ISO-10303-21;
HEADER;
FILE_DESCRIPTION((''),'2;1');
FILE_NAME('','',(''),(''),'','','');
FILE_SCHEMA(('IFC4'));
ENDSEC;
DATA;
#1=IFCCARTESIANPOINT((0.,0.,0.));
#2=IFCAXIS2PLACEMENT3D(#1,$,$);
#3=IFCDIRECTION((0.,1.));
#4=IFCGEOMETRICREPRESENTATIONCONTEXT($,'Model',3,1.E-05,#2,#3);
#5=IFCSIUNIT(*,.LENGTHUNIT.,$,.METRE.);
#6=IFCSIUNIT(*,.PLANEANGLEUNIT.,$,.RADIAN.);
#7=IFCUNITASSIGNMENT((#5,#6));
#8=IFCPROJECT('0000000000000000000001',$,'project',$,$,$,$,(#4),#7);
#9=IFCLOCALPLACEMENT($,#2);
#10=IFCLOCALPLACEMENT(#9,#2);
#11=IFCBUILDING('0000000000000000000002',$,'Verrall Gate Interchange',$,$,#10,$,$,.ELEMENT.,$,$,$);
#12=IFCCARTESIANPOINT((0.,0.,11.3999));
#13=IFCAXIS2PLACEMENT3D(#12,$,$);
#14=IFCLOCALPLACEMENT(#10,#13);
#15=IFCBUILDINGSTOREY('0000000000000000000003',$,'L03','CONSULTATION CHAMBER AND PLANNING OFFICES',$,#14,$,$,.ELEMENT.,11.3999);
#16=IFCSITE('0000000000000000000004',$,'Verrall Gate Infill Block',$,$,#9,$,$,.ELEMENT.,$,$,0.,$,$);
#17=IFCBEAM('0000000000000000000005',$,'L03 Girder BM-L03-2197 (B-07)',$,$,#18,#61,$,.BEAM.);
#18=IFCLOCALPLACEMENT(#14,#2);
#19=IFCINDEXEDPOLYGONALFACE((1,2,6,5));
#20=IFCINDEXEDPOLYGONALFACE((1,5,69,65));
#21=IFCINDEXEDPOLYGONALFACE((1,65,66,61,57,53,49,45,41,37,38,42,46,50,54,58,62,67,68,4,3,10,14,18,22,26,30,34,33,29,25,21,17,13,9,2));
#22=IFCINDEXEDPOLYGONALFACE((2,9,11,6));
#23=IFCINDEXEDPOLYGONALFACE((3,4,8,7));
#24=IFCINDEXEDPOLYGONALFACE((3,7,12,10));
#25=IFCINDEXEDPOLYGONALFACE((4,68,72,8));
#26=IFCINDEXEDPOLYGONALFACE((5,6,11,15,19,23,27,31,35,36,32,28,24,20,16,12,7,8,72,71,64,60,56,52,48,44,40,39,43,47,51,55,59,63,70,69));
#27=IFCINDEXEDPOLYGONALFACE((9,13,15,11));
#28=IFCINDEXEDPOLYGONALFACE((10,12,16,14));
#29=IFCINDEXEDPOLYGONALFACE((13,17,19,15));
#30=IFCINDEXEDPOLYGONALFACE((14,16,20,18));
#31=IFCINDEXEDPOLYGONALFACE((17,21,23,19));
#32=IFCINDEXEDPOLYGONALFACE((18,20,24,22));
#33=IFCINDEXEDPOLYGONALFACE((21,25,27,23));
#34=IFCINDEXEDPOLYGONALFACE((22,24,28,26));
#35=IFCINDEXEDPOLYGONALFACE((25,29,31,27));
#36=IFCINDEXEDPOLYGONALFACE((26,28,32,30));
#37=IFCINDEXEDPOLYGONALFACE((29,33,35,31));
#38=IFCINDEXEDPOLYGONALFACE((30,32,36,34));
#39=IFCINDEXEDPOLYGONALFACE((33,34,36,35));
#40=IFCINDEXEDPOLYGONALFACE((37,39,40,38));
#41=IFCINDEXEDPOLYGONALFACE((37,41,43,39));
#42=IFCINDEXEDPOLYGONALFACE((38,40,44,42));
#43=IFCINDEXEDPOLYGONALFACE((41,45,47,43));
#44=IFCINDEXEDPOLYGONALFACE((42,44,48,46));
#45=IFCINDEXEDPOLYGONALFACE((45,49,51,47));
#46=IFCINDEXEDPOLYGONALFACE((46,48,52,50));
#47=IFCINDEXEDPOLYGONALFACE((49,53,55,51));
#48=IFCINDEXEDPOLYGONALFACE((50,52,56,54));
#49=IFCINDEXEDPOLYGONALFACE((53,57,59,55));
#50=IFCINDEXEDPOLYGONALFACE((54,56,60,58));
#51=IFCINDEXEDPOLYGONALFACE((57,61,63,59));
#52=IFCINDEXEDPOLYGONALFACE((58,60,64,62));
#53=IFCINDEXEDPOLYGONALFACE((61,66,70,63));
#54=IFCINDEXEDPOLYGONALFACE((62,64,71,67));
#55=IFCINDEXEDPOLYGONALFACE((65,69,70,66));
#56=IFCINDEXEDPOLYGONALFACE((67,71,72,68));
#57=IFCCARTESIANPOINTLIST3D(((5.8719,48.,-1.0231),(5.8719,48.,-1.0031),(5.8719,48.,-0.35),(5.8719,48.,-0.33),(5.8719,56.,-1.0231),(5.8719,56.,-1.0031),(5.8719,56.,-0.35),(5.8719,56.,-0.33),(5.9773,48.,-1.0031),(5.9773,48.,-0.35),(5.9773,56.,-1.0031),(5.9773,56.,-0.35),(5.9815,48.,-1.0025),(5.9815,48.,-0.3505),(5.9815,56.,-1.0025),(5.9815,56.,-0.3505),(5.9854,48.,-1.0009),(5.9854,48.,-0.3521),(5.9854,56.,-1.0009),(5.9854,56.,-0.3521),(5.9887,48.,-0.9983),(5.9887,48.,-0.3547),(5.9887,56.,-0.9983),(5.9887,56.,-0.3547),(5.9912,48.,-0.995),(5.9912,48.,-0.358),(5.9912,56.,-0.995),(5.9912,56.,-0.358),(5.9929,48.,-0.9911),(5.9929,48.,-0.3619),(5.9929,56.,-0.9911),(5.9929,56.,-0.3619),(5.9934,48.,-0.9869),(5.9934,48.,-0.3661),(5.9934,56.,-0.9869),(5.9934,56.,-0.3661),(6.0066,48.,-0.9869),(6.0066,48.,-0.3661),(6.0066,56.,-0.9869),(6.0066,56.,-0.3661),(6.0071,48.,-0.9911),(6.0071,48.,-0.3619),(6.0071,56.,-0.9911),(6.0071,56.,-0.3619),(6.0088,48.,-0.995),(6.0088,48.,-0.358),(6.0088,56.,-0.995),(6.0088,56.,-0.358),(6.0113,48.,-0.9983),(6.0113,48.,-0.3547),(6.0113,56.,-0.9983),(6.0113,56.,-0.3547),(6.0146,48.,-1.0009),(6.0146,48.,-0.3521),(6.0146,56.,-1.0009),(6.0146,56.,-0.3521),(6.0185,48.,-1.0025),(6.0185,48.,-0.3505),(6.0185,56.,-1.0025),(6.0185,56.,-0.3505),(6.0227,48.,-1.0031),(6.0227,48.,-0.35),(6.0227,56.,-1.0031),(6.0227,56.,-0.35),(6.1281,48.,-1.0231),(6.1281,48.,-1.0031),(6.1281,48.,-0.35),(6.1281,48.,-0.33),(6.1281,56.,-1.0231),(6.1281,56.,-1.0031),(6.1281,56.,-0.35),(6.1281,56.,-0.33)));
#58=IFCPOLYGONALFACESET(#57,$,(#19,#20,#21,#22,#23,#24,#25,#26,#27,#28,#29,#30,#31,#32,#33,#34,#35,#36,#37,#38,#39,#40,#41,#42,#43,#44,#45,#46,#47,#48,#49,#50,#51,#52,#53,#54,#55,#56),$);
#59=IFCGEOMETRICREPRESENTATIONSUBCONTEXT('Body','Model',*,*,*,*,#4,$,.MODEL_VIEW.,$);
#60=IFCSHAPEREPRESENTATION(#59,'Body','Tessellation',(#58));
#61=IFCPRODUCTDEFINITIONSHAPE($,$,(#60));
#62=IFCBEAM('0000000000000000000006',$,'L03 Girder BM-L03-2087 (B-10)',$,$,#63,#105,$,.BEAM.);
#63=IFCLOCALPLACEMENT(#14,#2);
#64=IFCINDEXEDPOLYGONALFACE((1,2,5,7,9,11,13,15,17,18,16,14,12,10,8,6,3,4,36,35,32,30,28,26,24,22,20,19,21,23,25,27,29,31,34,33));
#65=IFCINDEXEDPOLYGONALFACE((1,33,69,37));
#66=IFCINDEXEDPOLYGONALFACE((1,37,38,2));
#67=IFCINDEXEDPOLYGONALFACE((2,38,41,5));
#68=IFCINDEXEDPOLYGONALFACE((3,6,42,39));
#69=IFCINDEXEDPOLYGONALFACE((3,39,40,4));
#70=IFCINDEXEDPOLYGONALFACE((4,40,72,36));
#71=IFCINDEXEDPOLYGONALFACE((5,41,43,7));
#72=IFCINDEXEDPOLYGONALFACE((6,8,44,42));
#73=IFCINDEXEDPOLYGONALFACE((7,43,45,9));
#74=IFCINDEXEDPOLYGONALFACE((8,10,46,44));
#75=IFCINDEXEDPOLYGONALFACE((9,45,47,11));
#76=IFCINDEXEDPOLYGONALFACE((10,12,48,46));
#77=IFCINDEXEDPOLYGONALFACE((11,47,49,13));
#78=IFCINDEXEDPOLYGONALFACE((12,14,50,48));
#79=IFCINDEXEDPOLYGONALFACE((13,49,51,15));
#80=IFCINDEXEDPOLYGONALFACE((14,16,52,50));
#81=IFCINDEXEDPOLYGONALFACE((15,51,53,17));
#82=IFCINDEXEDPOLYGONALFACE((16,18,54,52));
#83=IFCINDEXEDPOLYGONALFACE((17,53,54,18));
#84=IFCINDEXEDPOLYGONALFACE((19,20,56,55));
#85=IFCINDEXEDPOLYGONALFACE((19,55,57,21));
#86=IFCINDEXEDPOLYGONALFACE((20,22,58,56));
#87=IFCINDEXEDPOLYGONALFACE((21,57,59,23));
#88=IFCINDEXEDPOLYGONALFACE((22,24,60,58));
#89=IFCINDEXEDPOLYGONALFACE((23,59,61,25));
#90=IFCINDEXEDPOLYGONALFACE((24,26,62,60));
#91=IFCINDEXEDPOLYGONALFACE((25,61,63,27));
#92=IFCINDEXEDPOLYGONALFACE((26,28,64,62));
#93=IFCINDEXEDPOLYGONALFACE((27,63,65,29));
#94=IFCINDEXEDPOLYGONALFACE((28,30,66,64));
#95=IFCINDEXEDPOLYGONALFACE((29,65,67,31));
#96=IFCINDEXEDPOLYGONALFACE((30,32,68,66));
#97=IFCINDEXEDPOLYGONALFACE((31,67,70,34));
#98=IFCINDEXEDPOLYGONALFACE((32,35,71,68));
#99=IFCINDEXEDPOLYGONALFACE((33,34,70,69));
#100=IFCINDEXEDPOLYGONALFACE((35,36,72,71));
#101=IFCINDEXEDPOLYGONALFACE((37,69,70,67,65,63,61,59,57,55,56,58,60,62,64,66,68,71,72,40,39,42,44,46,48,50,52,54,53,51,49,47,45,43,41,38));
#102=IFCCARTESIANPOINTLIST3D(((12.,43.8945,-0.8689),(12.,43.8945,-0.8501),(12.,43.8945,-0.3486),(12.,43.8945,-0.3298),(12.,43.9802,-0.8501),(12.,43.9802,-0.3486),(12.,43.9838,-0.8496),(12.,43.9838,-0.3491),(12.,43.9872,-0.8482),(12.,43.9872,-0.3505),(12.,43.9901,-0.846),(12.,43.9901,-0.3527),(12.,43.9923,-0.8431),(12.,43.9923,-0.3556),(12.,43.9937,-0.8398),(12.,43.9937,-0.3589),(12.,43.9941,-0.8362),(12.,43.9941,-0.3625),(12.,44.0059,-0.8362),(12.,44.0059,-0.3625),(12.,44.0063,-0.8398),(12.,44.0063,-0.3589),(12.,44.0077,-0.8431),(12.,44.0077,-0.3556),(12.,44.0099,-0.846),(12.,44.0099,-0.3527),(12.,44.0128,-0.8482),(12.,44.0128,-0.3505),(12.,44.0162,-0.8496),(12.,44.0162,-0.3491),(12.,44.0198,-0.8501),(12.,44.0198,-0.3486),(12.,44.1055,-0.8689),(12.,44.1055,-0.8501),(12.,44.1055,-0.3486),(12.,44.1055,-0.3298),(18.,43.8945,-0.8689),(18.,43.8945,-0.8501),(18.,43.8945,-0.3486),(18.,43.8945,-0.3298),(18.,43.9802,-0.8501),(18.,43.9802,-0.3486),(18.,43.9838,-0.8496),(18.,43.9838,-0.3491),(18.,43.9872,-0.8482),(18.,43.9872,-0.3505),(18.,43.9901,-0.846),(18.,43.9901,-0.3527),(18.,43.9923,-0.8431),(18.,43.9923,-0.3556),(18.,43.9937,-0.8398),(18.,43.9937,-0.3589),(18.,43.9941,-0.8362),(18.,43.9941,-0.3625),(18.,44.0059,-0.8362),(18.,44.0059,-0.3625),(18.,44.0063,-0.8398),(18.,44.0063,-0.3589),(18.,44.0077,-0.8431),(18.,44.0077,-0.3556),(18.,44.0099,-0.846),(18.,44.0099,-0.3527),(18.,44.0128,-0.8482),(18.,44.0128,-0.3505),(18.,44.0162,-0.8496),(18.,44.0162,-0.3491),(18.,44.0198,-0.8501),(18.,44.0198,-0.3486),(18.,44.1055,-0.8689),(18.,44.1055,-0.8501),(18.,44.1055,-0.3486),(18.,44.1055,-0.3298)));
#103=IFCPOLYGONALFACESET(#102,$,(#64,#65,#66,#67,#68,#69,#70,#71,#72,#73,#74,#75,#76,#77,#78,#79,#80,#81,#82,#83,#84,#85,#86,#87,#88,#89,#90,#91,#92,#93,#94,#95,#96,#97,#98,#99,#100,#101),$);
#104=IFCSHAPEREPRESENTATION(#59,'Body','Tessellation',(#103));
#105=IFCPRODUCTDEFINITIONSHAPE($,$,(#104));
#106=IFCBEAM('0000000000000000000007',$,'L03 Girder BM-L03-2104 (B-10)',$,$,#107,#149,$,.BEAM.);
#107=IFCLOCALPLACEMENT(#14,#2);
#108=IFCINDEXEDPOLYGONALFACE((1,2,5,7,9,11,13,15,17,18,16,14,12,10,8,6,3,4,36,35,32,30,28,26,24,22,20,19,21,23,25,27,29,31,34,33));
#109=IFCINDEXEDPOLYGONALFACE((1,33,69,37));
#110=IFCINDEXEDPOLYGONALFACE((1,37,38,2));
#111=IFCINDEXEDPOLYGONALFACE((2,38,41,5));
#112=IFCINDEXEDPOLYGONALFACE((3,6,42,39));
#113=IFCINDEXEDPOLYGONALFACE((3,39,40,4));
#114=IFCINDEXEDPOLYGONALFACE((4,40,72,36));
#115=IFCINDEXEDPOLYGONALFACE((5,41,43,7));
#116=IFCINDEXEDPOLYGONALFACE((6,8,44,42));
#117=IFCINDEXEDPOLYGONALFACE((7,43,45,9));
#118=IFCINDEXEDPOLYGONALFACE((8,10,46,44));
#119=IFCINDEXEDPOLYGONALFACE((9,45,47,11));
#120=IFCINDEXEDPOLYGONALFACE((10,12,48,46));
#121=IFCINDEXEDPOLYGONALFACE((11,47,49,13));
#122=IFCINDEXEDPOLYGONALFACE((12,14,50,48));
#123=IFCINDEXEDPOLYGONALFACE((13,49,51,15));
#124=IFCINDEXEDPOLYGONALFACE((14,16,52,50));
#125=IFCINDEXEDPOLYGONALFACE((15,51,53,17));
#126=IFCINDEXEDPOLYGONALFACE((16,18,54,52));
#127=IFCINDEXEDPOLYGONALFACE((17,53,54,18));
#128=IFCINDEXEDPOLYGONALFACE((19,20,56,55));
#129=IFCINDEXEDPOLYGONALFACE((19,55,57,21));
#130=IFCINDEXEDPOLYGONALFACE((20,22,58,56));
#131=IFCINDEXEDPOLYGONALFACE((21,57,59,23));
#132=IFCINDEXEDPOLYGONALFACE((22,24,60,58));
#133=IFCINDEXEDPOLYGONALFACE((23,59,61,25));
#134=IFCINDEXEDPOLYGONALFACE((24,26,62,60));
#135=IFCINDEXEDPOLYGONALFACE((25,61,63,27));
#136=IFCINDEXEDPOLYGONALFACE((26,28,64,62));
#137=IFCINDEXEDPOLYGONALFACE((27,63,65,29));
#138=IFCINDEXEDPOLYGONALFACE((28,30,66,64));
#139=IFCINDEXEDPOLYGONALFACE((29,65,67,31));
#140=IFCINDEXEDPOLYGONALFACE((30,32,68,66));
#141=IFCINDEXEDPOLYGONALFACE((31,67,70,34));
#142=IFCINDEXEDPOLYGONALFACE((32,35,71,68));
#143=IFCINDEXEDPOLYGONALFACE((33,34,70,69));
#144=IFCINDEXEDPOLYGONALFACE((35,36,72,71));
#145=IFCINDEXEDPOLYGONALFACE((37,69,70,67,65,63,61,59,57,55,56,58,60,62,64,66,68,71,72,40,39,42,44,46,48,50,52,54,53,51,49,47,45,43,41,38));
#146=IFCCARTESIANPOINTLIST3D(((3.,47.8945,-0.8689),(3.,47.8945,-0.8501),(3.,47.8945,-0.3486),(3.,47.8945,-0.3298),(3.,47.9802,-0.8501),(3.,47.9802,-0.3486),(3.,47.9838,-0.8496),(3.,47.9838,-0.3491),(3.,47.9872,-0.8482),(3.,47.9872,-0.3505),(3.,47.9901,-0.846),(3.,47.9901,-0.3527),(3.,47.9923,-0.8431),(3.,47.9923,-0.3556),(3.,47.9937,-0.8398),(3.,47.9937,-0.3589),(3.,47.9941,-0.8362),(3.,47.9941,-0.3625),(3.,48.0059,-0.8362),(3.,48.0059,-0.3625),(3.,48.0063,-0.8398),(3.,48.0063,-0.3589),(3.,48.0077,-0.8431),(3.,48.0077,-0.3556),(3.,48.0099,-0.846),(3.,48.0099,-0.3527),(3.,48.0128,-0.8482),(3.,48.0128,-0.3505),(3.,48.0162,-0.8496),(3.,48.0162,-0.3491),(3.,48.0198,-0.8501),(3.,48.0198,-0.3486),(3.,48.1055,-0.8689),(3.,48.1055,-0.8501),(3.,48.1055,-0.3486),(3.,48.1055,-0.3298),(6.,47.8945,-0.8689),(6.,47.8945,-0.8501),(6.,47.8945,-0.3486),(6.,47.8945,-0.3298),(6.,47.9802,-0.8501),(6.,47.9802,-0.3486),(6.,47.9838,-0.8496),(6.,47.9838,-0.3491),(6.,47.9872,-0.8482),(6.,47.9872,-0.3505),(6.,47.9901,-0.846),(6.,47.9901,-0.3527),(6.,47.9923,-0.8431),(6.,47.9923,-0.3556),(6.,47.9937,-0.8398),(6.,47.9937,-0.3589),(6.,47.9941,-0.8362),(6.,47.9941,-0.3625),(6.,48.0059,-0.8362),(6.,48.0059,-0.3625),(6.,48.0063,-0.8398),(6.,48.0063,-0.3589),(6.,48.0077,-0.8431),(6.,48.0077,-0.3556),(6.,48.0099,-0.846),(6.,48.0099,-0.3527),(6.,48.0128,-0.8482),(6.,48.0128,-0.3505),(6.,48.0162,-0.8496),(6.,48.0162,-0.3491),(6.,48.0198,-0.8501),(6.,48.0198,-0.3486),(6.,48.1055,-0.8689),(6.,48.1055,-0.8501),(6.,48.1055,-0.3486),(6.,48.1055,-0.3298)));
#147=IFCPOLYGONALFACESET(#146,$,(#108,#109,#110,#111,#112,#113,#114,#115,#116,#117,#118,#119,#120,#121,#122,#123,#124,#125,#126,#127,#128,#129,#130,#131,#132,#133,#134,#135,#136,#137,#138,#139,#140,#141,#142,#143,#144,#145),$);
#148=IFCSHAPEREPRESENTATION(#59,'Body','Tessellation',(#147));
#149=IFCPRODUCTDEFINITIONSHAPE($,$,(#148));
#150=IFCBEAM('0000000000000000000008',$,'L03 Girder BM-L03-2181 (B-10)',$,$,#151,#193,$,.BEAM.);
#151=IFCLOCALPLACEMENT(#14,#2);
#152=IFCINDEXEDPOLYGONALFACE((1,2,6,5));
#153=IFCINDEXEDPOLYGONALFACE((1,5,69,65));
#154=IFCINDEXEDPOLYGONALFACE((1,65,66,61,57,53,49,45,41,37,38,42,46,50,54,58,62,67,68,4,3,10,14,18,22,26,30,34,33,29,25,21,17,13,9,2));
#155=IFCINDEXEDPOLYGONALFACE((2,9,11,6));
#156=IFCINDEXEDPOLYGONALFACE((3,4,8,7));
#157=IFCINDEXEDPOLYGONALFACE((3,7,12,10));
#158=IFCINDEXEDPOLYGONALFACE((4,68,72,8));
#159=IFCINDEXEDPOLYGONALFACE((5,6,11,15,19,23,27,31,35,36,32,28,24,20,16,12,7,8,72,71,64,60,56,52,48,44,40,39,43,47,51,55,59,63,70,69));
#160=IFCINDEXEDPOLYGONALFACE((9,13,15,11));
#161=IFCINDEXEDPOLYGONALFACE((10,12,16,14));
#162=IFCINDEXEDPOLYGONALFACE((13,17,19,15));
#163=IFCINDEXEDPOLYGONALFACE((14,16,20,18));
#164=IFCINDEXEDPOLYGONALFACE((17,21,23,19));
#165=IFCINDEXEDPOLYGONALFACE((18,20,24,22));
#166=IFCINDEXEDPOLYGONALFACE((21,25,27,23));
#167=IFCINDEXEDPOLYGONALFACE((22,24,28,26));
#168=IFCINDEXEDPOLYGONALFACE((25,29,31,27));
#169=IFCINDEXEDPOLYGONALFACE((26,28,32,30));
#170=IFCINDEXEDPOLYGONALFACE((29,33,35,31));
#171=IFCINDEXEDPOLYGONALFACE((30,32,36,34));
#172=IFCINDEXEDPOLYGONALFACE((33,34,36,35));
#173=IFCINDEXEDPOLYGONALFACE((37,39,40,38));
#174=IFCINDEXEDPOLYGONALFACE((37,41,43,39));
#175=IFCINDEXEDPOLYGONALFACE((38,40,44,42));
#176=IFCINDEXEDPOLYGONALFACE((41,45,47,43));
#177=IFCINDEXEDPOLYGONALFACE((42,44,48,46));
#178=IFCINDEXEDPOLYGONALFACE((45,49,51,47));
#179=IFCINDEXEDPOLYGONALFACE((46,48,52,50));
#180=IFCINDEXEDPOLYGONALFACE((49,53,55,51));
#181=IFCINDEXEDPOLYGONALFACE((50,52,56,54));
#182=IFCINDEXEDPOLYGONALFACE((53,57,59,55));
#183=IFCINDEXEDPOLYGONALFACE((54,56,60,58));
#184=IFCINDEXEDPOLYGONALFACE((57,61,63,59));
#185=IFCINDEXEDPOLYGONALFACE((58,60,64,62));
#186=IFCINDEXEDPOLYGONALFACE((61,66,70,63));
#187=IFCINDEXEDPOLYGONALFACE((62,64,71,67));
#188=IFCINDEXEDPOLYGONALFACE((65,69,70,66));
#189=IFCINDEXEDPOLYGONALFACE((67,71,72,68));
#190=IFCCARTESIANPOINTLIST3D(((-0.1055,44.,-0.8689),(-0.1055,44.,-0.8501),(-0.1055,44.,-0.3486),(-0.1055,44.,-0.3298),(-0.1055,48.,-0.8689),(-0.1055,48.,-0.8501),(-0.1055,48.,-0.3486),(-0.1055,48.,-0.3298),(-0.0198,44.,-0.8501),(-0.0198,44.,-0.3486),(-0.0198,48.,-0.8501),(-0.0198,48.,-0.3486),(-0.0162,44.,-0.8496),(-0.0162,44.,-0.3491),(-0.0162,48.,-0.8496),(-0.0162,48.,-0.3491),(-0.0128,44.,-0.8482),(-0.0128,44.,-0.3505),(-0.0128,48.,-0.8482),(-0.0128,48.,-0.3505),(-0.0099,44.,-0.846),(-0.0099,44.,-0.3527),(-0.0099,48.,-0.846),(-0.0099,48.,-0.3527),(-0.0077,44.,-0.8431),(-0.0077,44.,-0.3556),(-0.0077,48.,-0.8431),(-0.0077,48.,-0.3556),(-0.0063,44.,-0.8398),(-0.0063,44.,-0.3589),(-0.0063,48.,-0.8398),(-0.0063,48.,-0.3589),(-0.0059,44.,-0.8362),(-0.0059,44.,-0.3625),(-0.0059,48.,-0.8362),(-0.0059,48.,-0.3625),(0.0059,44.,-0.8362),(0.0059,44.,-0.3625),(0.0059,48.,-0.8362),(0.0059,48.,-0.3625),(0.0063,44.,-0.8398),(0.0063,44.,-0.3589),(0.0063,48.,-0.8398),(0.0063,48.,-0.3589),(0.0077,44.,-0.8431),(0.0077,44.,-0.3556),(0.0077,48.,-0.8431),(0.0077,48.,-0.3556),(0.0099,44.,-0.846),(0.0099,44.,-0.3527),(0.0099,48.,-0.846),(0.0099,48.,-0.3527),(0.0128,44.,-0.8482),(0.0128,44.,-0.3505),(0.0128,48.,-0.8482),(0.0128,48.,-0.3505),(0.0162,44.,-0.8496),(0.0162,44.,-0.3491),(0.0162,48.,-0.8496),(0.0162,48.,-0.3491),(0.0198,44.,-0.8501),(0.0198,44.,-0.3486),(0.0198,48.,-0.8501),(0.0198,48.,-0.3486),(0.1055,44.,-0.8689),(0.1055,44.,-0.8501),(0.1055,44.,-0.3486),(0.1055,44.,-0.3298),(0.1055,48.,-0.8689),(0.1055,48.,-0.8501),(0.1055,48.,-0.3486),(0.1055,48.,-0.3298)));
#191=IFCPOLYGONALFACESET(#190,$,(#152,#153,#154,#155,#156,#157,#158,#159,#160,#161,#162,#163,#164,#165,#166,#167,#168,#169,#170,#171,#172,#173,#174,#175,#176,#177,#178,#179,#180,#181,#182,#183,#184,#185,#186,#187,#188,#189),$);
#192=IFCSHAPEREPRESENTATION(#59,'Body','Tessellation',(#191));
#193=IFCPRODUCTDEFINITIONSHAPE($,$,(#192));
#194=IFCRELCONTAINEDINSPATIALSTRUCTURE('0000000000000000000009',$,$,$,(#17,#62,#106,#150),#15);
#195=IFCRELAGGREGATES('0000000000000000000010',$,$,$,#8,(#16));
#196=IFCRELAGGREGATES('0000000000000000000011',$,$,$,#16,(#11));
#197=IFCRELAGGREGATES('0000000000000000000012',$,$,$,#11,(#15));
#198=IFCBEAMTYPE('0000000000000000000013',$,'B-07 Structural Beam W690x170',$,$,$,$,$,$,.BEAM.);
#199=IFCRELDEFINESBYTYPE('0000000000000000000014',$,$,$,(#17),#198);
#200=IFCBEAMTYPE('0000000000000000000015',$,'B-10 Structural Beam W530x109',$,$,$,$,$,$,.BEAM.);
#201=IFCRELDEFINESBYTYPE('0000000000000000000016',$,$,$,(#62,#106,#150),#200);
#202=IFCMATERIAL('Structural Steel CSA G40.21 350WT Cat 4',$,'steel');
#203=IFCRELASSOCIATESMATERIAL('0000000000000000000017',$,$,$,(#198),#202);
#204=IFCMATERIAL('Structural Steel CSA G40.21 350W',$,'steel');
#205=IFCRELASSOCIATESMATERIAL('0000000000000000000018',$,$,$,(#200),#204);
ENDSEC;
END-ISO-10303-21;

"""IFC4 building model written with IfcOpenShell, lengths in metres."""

from ifc_helpers import new_model, si_unit, direction, frame, origin, origin_2d, place, context, subcontext, project, spatial, i_section, extrude, material, material_profile, profile_set, type_object, element, save


model = new_model("IFC4")

# Units and contexts
model_context = context("Model", 3, precision=1e-05, world=origin(), true_north=direction((0.0, 1.0)))
body_context = subcontext(model_context, "Body", "Model", "MODEL_VIEW")
ifc_project = project(units=[si_unit("LENGTHUNIT", "METRE"), si_unit("PLANEANGLEUNIT", "RADIAN")], contexts=[model_context])

# Site, building, storey
site_placement = place(None, origin())
site = spatial("IfcSite", under=ifc_project, at=site_placement, Name="Verrall Gate Infill Block", CompositionType="ELEMENT", RefElevation=0.0)
building_placement = place(site_placement, origin())
building = spatial("IfcBuilding", under=site, at=building_placement, Name="Verrall Gate Interchange", CompositionType="ELEMENT")
storey_placement = place(building_placement, frame((0.0, 0.0, 11.3999)))
storey = spatial("IfcBuildingStorey", under=building, at=storey_placement, Name="L03", Description="CONSULTATION CHAMBER AND PLANNING OFFICES", CompositionType="ELEMENT", Elevation=11.3999)

# Beams
ifc_material_1 = material(Name="Structural Steel CSA G40.21 350WT Cat 4", Category="steel")
ifc_material_profile_1 = material_profile(ifc_material_1, i_section(OverallWidth=0.2561, OverallDepth=0.6931, WebThickness=0.0132, FlangeThickness=0.02, FilletRadius=0.0161, at=origin_2d()), Name="W690x170")
ifc_profile_set_1 = profile_set([ifc_material_profile_1], Name="Structural Steel CSA G40.21 350WT Cat 4")
beam_type_1 = type_object("IfcBeamType", Name="B-07 Structural Beam W690x170", PredefinedType="BEAM", material=ifc_profile_set_1)
for number, where, z_axis, x_axis, name in (
    (1, (6.0, 48.0, -0.6765), (0.0, 1.0, 0.0), (-1.0, 0.0, 0.0), "L03 Girder BM-L03-2197 (B-07)"),
):
    element("IfcBeam", number, at=place(storey_placement, frame(where, z_axis=z_axis, x_axis=x_axis)), inside=storey, type_object=beam_type_1, Name=name, PredefinedType="BEAM", context=body_context, shape_type="SweptSolid", body=[
        extrude(i_section(OverallWidth=0.2561, OverallDepth=0.6931, WebThickness=0.0132, FlangeThickness=0.02, FilletRadius=0.0161, at=origin_2d()), origin(), (0.0, 0.0, 1.0), 8.0),
    ])
ifc_material_2 = material(Name="Structural Steel CSA G40.21 350W", Category="steel")
ifc_material_profile_2 = material_profile(ifc_material_2, i_section(OverallWidth=0.2109, OverallDepth=0.5391, WebThickness=0.0117, FlangeThickness=0.0188, FilletRadius=0.0139, at=origin_2d()), Name="W530x109")
ifc_profile_set_2 = profile_set([ifc_material_profile_2], Name="Structural Steel CSA G40.21 350W")
beam_type_2 = type_object("IfcBeamType", Name="B-10 Structural Beam W530x109", PredefinedType="BEAM", material=ifc_profile_set_2)
beam_1_placement = place(storey_placement, frame((12.0, 44.0, -0.5994), z_axis=(1.0, 0.0, 0.0), x_axis=(0.0, 1.0, 0.0)))
element("IfcBeam", 2, at=beam_1_placement, inside=storey, type_object=beam_type_2, Name="L03 Girder BM-L03-2087 (B-10)", PredefinedType="BEAM", context=body_context, shape_type="SweptSolid", body=[
    extrude(i_section(OverallWidth=0.2109, OverallDepth=0.5391, WebThickness=0.0117, FlangeThickness=0.0188, FilletRadius=0.0139, at=origin_2d()), origin(), (0.0, 0.0, 1.0), 6.0),
])
beam_2_placement = place(storey_placement, frame((3.0, 48.0, -0.5994), z_axis=(1.0, 0.0, 0.0), x_axis=(0.0, 1.0, 0.0)))
element("IfcBeam", 3, at=beam_2_placement, inside=storey, type_object=beam_type_2, Name="L03 Girder BM-L03-2104 (B-10)", PredefinedType="BEAM", context=body_context, shape_type="SweptSolid", body=[
    extrude(i_section(OverallWidth=0.2109, OverallDepth=0.5391, WebThickness=0.0117, FlangeThickness=0.0188, FilletRadius=0.0139, at=origin_2d()), origin(), (0.0, 0.0, 1.0), 3.0),
])
for number, where, z_axis, x_axis, name in (
    (4, (0.0, 44.0, -0.5994), (0.0, 1.0, 0.0), (-1.0, 0.0, 0.0), "L03 Girder BM-L03-2181 (B-10)"),
):
    element("IfcBeam", number, at=place(storey_placement, frame(where, z_axis=z_axis, x_axis=x_axis)), inside=storey, type_object=beam_type_2, Name=name, PredefinedType="BEAM", context=body_context, shape_type="SweptSolid", body=[
        extrude(i_section(OverallWidth=0.2109, OverallDepth=0.5391, WebThickness=0.0117, FlangeThickness=0.0188, FilletRadius=0.0139, at=origin_2d()), origin(), (0.0, 0.0, 1.0), 4.0),
    ])

save(model, "model.ifc")
